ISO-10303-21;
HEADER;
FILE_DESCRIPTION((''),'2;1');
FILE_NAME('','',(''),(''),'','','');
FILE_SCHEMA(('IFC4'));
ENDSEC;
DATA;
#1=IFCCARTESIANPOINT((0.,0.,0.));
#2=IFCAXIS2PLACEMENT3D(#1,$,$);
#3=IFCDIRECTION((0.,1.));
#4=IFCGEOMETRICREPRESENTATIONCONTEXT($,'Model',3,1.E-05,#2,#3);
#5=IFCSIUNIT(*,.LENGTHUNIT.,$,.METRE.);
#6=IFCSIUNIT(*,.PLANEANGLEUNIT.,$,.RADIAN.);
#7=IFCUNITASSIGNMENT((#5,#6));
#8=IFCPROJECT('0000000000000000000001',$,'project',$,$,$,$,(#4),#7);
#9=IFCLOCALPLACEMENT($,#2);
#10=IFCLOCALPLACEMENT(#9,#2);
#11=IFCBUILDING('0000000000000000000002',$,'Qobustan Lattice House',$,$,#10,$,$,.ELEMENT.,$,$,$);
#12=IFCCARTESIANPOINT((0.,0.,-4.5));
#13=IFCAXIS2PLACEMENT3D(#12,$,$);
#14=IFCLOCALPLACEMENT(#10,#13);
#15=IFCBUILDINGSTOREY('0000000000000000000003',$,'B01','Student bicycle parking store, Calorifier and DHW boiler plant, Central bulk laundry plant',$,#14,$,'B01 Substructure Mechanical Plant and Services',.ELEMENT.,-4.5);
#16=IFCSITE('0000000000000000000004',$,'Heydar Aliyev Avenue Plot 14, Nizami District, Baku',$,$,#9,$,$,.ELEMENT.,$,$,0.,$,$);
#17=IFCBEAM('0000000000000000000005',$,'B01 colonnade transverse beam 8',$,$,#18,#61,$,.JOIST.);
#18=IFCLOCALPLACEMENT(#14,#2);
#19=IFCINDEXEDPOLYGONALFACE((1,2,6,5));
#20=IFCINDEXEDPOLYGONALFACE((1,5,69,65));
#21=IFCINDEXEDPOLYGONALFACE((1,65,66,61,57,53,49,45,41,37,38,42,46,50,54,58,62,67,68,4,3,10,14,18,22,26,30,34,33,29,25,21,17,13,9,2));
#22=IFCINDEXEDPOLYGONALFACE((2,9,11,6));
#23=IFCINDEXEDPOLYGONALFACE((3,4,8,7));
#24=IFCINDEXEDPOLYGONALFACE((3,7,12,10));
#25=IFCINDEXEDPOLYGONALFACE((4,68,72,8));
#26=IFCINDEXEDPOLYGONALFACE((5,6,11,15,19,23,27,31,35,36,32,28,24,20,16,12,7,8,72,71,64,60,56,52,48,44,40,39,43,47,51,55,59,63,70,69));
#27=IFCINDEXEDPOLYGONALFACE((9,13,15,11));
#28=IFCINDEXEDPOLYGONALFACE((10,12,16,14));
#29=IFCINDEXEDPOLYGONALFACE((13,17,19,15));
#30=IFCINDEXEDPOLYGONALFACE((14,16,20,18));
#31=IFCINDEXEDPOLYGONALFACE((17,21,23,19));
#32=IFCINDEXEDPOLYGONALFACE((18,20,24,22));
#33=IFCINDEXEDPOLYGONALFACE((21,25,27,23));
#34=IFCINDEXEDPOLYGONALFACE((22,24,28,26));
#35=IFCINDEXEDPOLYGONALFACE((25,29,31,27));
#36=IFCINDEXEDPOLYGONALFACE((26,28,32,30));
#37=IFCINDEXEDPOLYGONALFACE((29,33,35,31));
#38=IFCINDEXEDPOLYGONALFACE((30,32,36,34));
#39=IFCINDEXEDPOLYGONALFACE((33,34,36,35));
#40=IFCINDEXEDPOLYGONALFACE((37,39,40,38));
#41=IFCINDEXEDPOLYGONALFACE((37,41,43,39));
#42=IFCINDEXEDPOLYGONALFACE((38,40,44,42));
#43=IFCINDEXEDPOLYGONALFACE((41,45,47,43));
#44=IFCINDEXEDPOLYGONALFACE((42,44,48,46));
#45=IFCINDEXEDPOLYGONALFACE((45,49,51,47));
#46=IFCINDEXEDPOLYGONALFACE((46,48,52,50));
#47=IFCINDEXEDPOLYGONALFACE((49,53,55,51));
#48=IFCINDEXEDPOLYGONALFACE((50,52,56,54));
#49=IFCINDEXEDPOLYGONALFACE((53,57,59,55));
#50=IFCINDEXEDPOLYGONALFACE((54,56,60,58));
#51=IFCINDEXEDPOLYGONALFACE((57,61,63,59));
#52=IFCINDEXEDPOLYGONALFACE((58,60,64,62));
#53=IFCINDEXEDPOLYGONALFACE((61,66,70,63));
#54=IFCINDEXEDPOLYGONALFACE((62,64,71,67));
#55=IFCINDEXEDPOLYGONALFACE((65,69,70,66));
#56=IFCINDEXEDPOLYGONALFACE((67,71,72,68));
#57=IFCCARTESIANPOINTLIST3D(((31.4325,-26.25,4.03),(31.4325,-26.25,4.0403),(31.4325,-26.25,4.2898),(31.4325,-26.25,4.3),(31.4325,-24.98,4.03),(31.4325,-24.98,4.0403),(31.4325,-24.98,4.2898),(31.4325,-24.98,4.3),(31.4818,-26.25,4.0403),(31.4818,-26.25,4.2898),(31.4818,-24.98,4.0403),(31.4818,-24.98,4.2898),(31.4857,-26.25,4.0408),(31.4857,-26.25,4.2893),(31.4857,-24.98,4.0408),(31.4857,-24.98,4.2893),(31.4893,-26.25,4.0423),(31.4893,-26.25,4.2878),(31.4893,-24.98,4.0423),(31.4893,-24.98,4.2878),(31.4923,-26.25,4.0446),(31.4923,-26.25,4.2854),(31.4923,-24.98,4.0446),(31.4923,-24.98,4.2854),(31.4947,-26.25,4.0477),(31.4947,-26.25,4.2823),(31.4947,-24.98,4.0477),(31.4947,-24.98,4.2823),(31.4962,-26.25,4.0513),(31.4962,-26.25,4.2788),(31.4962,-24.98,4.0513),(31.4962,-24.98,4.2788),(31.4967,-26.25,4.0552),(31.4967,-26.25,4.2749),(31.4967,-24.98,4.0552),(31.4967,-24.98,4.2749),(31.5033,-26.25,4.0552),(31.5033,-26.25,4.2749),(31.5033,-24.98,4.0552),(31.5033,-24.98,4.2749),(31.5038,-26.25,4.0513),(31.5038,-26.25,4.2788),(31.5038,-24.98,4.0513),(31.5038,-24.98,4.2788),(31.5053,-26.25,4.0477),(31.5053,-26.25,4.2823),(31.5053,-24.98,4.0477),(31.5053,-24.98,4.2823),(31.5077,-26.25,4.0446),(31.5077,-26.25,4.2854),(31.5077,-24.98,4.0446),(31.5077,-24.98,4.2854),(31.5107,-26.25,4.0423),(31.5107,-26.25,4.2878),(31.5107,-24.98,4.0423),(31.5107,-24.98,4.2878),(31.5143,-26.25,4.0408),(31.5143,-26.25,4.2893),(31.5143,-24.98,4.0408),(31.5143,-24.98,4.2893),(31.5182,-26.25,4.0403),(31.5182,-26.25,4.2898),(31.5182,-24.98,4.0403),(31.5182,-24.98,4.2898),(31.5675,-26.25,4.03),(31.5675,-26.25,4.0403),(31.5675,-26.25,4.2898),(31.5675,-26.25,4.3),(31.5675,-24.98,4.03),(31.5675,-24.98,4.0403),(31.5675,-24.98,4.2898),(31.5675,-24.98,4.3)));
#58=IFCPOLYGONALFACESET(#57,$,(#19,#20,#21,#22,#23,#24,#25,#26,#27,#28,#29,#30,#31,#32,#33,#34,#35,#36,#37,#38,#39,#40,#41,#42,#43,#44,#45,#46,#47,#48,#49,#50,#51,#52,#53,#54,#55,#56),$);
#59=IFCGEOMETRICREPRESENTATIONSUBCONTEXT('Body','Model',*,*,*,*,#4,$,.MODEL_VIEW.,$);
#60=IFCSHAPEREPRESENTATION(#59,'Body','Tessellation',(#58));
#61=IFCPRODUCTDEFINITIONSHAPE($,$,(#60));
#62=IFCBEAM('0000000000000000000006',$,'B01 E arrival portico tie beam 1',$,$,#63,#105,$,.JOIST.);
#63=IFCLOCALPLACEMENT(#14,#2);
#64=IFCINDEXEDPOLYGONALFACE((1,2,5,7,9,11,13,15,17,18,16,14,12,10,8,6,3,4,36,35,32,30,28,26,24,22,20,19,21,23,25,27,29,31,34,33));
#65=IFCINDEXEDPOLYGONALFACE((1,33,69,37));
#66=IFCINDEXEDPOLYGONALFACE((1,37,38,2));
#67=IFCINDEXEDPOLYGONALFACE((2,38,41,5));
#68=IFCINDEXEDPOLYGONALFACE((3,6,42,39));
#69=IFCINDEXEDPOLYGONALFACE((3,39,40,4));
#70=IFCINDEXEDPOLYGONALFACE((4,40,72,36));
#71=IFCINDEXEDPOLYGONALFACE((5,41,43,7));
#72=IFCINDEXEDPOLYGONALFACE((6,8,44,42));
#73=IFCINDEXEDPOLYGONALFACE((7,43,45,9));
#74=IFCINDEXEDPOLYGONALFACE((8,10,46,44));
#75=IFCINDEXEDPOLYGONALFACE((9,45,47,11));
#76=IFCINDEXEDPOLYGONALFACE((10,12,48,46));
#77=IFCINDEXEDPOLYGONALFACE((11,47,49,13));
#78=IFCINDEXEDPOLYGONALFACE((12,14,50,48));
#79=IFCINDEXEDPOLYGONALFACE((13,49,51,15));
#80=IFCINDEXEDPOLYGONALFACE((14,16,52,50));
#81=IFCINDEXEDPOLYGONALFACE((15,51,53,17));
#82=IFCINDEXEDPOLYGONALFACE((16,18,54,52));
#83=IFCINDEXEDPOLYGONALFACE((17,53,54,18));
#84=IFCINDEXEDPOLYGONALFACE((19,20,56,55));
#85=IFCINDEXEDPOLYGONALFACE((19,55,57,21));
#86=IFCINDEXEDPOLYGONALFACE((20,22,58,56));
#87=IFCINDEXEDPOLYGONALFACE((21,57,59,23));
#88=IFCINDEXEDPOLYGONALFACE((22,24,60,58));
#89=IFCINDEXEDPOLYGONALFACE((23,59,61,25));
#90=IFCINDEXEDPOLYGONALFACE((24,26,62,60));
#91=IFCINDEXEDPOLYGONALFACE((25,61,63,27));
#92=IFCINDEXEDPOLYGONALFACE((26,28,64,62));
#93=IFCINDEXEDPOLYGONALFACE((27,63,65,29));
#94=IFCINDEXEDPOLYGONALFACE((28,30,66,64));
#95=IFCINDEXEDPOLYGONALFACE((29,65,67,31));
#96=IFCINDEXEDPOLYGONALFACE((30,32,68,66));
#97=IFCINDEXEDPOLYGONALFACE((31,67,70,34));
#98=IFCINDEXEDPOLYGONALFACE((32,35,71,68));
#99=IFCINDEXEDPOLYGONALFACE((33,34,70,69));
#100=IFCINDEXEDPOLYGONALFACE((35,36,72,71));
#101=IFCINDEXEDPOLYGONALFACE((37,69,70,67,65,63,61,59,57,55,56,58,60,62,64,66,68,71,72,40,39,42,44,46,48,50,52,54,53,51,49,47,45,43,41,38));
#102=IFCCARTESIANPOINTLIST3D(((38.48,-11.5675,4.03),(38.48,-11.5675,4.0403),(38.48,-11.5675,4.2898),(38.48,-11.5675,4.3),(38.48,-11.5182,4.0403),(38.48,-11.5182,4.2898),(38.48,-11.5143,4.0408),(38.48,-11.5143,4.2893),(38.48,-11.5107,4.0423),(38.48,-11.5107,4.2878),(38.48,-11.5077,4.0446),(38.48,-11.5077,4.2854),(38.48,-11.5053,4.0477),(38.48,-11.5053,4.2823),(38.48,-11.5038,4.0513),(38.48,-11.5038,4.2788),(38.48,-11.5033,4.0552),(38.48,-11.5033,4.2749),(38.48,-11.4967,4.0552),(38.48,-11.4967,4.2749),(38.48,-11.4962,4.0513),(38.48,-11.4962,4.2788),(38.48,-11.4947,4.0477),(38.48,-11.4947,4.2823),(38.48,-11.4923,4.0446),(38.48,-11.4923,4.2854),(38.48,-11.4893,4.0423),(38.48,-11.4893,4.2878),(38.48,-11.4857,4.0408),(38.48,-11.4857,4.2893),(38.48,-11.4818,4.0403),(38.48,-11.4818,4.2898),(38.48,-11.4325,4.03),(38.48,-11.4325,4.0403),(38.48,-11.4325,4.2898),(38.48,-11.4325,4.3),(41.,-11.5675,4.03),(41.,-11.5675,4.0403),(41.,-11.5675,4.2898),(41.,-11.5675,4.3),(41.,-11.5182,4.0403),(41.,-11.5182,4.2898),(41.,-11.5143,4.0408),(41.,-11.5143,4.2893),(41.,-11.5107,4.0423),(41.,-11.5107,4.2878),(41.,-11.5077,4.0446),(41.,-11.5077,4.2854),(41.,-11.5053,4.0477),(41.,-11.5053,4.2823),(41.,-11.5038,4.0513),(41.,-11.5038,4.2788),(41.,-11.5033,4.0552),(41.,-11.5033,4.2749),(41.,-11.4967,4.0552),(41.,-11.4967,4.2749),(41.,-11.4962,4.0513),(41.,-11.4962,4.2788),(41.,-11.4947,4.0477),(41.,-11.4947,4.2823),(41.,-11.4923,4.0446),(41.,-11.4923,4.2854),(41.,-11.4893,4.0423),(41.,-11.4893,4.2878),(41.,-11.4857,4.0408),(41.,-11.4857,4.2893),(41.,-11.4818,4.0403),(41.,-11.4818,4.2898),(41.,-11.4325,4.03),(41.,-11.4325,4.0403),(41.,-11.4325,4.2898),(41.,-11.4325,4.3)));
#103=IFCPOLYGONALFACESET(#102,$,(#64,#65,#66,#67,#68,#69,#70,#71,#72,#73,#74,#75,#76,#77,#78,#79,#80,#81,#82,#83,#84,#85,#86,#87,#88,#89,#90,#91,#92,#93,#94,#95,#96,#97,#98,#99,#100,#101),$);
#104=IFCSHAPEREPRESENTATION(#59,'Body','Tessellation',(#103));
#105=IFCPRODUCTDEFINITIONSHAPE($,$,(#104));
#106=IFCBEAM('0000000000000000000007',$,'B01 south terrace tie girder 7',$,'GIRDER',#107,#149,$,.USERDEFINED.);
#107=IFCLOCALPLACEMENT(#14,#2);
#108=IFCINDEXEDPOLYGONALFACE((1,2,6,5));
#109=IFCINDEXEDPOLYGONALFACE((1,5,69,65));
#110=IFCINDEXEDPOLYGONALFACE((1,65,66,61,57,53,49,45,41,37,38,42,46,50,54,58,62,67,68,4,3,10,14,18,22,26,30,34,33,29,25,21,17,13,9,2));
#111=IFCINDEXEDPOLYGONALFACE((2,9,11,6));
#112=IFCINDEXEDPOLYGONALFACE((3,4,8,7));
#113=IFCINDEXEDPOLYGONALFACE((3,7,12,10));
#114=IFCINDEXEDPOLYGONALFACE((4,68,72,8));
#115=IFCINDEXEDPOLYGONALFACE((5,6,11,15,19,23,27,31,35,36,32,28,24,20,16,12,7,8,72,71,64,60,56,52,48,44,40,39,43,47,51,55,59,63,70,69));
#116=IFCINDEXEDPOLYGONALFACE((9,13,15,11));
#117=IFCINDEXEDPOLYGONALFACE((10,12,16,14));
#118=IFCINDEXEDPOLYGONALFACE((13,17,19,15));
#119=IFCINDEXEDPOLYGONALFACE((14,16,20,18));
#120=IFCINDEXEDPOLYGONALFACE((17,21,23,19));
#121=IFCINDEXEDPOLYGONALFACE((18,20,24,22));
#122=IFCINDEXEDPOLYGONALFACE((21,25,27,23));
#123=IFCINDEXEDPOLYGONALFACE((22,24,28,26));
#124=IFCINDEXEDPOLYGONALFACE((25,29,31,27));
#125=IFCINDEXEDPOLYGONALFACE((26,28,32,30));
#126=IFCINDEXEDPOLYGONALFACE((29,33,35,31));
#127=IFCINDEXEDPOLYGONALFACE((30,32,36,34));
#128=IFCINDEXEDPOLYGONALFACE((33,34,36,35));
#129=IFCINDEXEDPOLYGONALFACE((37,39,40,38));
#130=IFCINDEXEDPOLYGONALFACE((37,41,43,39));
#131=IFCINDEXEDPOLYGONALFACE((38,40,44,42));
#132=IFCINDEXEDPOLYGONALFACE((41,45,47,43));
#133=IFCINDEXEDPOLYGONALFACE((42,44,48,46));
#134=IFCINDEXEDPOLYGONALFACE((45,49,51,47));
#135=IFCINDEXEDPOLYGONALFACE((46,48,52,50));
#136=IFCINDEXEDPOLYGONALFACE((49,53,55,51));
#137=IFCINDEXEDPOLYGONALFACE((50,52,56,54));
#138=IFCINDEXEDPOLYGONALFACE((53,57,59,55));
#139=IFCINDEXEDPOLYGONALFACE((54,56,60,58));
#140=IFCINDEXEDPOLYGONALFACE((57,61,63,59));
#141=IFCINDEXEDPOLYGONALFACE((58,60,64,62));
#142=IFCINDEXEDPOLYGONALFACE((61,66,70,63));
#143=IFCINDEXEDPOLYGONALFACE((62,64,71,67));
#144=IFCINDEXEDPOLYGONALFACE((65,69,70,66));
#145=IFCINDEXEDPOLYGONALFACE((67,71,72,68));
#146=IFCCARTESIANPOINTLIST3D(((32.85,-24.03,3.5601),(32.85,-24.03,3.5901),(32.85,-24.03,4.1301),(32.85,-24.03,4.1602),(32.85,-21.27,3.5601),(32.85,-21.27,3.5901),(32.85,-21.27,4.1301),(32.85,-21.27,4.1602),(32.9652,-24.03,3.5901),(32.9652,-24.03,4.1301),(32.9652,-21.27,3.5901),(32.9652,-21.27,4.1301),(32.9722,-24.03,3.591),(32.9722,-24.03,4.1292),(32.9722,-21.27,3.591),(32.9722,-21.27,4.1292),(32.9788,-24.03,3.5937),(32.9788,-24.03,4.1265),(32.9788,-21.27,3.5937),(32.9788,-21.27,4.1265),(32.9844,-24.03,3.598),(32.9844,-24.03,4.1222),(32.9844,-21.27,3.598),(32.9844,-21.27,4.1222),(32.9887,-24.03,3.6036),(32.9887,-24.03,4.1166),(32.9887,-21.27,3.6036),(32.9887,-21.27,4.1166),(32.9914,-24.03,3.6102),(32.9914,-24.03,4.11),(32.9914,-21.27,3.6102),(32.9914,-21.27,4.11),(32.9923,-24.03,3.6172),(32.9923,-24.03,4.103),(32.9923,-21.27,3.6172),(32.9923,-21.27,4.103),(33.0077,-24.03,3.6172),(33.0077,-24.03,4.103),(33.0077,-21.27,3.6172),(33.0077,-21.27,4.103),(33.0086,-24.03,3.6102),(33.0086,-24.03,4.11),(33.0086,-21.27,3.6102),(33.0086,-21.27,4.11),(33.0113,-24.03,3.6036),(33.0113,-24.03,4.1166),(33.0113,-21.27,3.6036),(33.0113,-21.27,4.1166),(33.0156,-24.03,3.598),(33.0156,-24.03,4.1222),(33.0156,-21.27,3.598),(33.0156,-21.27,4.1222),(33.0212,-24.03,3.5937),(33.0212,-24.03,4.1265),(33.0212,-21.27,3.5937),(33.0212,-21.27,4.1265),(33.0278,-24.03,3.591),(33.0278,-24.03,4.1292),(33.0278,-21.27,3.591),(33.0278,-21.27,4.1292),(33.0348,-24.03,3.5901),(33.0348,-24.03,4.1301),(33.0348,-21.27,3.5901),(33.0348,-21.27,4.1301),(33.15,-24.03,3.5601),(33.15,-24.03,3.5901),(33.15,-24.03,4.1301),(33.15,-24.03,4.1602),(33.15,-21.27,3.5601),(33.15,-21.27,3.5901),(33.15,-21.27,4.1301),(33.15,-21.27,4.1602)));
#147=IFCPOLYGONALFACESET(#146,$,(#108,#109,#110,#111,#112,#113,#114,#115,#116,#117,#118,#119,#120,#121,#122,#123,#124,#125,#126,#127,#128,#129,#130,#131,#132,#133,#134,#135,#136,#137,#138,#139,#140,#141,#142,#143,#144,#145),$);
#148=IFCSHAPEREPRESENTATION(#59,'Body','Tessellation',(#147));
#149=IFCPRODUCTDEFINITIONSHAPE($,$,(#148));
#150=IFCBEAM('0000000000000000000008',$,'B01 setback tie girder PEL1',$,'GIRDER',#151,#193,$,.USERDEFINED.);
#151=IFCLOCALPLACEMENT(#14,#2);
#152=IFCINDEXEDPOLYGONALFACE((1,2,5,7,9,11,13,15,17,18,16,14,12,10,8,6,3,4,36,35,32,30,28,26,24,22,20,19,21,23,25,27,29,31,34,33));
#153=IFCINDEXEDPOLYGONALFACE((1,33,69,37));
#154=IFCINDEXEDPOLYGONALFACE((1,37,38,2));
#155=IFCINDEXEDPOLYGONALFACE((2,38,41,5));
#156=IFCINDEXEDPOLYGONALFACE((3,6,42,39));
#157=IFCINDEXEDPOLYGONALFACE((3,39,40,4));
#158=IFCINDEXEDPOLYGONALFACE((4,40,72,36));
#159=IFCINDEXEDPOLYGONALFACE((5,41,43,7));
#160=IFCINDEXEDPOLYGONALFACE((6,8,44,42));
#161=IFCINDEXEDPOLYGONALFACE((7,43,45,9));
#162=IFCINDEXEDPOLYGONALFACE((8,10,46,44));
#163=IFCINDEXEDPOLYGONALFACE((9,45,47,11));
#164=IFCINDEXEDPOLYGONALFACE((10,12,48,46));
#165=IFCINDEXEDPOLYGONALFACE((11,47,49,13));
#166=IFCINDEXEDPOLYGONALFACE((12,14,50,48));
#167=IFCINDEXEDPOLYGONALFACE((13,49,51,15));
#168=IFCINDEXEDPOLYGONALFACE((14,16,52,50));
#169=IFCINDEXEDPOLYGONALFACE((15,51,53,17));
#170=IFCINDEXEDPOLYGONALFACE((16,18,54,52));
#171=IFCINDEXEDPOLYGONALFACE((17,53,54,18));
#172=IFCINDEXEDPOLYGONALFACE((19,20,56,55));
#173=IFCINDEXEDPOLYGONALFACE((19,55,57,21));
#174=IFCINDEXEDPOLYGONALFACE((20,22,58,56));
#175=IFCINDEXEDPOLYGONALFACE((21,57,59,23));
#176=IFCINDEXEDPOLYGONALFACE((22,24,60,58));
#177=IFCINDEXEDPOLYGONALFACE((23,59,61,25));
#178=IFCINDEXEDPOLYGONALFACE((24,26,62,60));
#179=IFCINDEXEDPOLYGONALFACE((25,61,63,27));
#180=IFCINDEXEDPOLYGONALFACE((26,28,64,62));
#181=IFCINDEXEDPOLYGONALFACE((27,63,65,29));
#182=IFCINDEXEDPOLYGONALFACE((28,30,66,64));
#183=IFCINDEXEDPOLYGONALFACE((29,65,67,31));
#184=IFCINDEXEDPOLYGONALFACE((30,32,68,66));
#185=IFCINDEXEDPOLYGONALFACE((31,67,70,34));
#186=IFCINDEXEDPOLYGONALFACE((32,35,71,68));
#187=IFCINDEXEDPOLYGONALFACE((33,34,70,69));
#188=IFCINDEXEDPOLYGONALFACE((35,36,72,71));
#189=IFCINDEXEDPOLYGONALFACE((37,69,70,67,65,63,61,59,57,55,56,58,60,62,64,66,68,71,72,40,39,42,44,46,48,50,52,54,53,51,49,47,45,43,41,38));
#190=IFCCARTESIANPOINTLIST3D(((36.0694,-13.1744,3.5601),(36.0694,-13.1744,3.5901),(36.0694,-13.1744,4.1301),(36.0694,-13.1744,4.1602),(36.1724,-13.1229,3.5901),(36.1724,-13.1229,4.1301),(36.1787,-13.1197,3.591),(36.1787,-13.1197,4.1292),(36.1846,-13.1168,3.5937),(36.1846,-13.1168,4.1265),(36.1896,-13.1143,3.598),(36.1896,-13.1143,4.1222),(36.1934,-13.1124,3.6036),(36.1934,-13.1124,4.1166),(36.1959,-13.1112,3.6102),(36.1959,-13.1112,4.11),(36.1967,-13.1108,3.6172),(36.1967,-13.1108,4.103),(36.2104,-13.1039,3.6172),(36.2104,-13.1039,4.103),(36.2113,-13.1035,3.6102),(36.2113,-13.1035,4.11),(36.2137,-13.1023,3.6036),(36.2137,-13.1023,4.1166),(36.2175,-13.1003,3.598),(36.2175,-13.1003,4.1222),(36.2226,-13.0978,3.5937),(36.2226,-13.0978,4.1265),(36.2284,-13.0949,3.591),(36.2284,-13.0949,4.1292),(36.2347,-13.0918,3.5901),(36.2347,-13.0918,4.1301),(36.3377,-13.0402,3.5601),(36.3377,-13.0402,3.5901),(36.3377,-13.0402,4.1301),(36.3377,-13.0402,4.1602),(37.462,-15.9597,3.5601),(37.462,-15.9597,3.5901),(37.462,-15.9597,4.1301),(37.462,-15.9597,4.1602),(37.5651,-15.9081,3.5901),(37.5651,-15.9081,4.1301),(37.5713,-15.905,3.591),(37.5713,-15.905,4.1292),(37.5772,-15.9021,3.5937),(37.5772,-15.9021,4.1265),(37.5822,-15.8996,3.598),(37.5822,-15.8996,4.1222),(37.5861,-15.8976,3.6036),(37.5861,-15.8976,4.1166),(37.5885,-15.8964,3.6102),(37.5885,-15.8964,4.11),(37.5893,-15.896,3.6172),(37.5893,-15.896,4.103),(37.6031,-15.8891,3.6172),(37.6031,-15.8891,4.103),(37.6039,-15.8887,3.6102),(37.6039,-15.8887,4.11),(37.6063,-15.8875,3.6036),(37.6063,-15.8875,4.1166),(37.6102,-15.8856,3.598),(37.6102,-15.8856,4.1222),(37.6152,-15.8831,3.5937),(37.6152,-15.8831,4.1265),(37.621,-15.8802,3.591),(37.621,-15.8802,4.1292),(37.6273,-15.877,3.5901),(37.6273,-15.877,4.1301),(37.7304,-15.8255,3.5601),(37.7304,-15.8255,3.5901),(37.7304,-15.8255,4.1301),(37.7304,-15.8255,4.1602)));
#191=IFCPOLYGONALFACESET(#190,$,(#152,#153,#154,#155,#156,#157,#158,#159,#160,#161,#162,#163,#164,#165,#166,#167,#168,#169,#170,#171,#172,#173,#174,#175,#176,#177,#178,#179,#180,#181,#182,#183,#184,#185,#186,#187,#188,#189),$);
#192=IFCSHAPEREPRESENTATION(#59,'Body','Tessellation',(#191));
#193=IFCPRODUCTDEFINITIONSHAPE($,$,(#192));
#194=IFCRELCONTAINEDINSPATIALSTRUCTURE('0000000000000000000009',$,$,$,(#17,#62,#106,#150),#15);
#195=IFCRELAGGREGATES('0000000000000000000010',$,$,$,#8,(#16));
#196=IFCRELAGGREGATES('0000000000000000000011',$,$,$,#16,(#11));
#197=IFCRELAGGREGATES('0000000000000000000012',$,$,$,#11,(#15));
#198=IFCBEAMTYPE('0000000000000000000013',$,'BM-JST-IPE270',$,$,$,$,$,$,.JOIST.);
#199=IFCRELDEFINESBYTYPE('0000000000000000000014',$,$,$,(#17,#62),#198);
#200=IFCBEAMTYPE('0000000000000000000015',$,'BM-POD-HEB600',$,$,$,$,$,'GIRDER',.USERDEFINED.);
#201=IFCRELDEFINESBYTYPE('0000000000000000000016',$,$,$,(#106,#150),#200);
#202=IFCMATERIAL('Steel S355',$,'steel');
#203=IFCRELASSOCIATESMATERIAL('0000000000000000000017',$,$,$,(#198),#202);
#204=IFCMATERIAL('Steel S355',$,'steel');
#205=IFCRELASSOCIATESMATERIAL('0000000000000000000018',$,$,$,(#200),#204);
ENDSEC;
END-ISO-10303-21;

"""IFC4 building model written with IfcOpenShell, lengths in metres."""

from ifc_helpers import new_model, si_unit, direction, frame, origin, origin_2d, place, context, subcontext, project, spatial, i_section, extrude, material, material_profile, profile_set, type_object, element, save


model = new_model("IFC4")

# Units and contexts
model_context = context("Model", 3, precision=1e-05, world=origin(), true_north=direction((0.0, 1.0)))
body_context = subcontext(model_context, "Body", "Model", "MODEL_VIEW")
ifc_project = project(units=[si_unit("LENGTHUNIT", "METRE"), si_unit("PLANEANGLEUNIT", "RADIAN")], contexts=[model_context])

# Site, building, storey
site_placement = place(None, origin())
site = spatial("IfcSite", under=ifc_project, at=site_placement, Name="Heydar Aliyev Avenue Plot 14, Nizami District, Baku", CompositionType="ELEMENT", RefElevation=0.0)
building_placement = place(site_placement, origin())
building = spatial("IfcBuilding", under=site, at=building_placement, Name="Qobustan Lattice House", CompositionType="ELEMENT")
storey_placement = place(building_placement, frame((0.0, 0.0, -4.5)))
storey = spatial("IfcBuildingStorey", under=building, at=storey_placement, Name="B01", Description="Student bicycle parking store, Calorifier and DHW boiler plant, Central bulk laundry plant", LongName="B01 Substructure Mechanical Plant and Services", CompositionType="ELEMENT", Elevation=-4.5)

# Beams
ifc_material_1 = material(Name="Steel S355", Category="steel")
ifc_material_profile_1 = material_profile(ifc_material_1, i_section(OverallWidth=0.135, OverallDepth=0.27, WebThickness=0.0066, FlangeThickness=0.0103, FilletRadius=0.0149, at=origin_2d()), Name="IPE270")
ifc_profile_set_1 = profile_set([ifc_material_profile_1], Name="Steel S355")
beam_type_1 = type_object("IfcBeamType", Name="BM-JST-IPE270", PredefinedType="JOIST", material=ifc_profile_set_1)
beam_1_placement = place(storey_placement, frame((31.5, -26.25, 4.165), z_axis=(0.0, 1.0, 0.0), x_axis=(-1.0, 0.0, 0.0)))
element("IfcBeam", 1, at=beam_1_placement, inside=storey, type_object=beam_type_1, Name="B01 colonnade transverse beam 8", PredefinedType="JOIST", context=body_context, shape_type="SweptSolid", body=[
    extrude(i_section(OverallWidth=0.135, OverallDepth=0.27, WebThickness=0.0066, FlangeThickness=0.0103, FilletRadius=0.0149, at=origin_2d()), origin(), (0.0, 0.0, 1.0), 1.27),
])
beam_2_placement = place(storey_placement, frame((41.0, -11.5, 4.165), z_axis=(-1.0, 0.0, 0.0), x_axis=(0.0, -1.0, 0.0)))
element("IfcBeam", 2, at=beam_2_placement, inside=storey, type_object=beam_type_1, Name="B01 E arrival portico tie beam 1", PredefinedType="JOIST", context=body_context, shape_type="SweptSolid", body=[
    extrude(i_section(OverallWidth=0.135, OverallDepth=0.27, WebThickness=0.0066, FlangeThickness=0.0103, FilletRadius=0.0149, at=origin_2d()), origin(), (0.0, 0.0, 1.0), 2.52),
])
ifc_material_2 = material(Name="Steel S355", Category="steel")
ifc_material_profile_2 = material_profile(ifc_material_2, i_section(OverallWidth=0.3, OverallDepth=0.6001, WebThickness=0.0154, FlangeThickness=0.03, FilletRadius=0.0271, at=origin_2d()), Name="HEB600")
ifc_profile_set_2 = profile_set([ifc_material_profile_2], Name="Steel S355")
beam_type_2 = type_object("IfcBeamType", Name="BM-POD-HEB600", ElementType="GIRDER", PredefinedType="USERDEFINED", material=ifc_profile_set_2)
beam_3_placement = place(storey_placement, frame((33.0, -24.03, 3.8601), z_axis=(0.0, 1.0, 0.0), x_axis=(-1.0, 0.0, 0.0)))
element("IfcBeam", 3, at=beam_3_placement, inside=storey, type_object=beam_type_2, Name="B01 south terrace tie girder 7", ObjectType="GIRDER", PredefinedType="USERDEFINED", context=body_context, shape_type="SweptSolid", body=[
    extrude(i_section(OverallWidth=0.3, OverallDepth=0.6001, WebThickness=0.0154, FlangeThickness=0.03, FilletRadius=0.0271, at=origin_2d()), origin(), (0.0, 0.0, 1.0), 2.76),
])
beam_4_placement = place(storey_placement, frame((37.5962, -15.8926, 3.8601), z_axis=(-0.447214, 0.894427, 0.0), x_axis=(-0.894427, -0.447214, 0.0)))
element("IfcBeam", 4, at=beam_4_placement, inside=storey, type_object=beam_type_2, Name="B01 setback tie girder PEL1", ObjectType="GIRDER", PredefinedType="USERDEFINED", context=body_context, shape_type="SweptSolid", body=[
    extrude(i_section(OverallWidth=0.3, OverallDepth=0.6001, WebThickness=0.0154, FlangeThickness=0.03, FilletRadius=0.0271, at=origin_2d()), origin(), (0.0, 0.0, 1.0), 3.114),
])

save(model, "model.ifc")
